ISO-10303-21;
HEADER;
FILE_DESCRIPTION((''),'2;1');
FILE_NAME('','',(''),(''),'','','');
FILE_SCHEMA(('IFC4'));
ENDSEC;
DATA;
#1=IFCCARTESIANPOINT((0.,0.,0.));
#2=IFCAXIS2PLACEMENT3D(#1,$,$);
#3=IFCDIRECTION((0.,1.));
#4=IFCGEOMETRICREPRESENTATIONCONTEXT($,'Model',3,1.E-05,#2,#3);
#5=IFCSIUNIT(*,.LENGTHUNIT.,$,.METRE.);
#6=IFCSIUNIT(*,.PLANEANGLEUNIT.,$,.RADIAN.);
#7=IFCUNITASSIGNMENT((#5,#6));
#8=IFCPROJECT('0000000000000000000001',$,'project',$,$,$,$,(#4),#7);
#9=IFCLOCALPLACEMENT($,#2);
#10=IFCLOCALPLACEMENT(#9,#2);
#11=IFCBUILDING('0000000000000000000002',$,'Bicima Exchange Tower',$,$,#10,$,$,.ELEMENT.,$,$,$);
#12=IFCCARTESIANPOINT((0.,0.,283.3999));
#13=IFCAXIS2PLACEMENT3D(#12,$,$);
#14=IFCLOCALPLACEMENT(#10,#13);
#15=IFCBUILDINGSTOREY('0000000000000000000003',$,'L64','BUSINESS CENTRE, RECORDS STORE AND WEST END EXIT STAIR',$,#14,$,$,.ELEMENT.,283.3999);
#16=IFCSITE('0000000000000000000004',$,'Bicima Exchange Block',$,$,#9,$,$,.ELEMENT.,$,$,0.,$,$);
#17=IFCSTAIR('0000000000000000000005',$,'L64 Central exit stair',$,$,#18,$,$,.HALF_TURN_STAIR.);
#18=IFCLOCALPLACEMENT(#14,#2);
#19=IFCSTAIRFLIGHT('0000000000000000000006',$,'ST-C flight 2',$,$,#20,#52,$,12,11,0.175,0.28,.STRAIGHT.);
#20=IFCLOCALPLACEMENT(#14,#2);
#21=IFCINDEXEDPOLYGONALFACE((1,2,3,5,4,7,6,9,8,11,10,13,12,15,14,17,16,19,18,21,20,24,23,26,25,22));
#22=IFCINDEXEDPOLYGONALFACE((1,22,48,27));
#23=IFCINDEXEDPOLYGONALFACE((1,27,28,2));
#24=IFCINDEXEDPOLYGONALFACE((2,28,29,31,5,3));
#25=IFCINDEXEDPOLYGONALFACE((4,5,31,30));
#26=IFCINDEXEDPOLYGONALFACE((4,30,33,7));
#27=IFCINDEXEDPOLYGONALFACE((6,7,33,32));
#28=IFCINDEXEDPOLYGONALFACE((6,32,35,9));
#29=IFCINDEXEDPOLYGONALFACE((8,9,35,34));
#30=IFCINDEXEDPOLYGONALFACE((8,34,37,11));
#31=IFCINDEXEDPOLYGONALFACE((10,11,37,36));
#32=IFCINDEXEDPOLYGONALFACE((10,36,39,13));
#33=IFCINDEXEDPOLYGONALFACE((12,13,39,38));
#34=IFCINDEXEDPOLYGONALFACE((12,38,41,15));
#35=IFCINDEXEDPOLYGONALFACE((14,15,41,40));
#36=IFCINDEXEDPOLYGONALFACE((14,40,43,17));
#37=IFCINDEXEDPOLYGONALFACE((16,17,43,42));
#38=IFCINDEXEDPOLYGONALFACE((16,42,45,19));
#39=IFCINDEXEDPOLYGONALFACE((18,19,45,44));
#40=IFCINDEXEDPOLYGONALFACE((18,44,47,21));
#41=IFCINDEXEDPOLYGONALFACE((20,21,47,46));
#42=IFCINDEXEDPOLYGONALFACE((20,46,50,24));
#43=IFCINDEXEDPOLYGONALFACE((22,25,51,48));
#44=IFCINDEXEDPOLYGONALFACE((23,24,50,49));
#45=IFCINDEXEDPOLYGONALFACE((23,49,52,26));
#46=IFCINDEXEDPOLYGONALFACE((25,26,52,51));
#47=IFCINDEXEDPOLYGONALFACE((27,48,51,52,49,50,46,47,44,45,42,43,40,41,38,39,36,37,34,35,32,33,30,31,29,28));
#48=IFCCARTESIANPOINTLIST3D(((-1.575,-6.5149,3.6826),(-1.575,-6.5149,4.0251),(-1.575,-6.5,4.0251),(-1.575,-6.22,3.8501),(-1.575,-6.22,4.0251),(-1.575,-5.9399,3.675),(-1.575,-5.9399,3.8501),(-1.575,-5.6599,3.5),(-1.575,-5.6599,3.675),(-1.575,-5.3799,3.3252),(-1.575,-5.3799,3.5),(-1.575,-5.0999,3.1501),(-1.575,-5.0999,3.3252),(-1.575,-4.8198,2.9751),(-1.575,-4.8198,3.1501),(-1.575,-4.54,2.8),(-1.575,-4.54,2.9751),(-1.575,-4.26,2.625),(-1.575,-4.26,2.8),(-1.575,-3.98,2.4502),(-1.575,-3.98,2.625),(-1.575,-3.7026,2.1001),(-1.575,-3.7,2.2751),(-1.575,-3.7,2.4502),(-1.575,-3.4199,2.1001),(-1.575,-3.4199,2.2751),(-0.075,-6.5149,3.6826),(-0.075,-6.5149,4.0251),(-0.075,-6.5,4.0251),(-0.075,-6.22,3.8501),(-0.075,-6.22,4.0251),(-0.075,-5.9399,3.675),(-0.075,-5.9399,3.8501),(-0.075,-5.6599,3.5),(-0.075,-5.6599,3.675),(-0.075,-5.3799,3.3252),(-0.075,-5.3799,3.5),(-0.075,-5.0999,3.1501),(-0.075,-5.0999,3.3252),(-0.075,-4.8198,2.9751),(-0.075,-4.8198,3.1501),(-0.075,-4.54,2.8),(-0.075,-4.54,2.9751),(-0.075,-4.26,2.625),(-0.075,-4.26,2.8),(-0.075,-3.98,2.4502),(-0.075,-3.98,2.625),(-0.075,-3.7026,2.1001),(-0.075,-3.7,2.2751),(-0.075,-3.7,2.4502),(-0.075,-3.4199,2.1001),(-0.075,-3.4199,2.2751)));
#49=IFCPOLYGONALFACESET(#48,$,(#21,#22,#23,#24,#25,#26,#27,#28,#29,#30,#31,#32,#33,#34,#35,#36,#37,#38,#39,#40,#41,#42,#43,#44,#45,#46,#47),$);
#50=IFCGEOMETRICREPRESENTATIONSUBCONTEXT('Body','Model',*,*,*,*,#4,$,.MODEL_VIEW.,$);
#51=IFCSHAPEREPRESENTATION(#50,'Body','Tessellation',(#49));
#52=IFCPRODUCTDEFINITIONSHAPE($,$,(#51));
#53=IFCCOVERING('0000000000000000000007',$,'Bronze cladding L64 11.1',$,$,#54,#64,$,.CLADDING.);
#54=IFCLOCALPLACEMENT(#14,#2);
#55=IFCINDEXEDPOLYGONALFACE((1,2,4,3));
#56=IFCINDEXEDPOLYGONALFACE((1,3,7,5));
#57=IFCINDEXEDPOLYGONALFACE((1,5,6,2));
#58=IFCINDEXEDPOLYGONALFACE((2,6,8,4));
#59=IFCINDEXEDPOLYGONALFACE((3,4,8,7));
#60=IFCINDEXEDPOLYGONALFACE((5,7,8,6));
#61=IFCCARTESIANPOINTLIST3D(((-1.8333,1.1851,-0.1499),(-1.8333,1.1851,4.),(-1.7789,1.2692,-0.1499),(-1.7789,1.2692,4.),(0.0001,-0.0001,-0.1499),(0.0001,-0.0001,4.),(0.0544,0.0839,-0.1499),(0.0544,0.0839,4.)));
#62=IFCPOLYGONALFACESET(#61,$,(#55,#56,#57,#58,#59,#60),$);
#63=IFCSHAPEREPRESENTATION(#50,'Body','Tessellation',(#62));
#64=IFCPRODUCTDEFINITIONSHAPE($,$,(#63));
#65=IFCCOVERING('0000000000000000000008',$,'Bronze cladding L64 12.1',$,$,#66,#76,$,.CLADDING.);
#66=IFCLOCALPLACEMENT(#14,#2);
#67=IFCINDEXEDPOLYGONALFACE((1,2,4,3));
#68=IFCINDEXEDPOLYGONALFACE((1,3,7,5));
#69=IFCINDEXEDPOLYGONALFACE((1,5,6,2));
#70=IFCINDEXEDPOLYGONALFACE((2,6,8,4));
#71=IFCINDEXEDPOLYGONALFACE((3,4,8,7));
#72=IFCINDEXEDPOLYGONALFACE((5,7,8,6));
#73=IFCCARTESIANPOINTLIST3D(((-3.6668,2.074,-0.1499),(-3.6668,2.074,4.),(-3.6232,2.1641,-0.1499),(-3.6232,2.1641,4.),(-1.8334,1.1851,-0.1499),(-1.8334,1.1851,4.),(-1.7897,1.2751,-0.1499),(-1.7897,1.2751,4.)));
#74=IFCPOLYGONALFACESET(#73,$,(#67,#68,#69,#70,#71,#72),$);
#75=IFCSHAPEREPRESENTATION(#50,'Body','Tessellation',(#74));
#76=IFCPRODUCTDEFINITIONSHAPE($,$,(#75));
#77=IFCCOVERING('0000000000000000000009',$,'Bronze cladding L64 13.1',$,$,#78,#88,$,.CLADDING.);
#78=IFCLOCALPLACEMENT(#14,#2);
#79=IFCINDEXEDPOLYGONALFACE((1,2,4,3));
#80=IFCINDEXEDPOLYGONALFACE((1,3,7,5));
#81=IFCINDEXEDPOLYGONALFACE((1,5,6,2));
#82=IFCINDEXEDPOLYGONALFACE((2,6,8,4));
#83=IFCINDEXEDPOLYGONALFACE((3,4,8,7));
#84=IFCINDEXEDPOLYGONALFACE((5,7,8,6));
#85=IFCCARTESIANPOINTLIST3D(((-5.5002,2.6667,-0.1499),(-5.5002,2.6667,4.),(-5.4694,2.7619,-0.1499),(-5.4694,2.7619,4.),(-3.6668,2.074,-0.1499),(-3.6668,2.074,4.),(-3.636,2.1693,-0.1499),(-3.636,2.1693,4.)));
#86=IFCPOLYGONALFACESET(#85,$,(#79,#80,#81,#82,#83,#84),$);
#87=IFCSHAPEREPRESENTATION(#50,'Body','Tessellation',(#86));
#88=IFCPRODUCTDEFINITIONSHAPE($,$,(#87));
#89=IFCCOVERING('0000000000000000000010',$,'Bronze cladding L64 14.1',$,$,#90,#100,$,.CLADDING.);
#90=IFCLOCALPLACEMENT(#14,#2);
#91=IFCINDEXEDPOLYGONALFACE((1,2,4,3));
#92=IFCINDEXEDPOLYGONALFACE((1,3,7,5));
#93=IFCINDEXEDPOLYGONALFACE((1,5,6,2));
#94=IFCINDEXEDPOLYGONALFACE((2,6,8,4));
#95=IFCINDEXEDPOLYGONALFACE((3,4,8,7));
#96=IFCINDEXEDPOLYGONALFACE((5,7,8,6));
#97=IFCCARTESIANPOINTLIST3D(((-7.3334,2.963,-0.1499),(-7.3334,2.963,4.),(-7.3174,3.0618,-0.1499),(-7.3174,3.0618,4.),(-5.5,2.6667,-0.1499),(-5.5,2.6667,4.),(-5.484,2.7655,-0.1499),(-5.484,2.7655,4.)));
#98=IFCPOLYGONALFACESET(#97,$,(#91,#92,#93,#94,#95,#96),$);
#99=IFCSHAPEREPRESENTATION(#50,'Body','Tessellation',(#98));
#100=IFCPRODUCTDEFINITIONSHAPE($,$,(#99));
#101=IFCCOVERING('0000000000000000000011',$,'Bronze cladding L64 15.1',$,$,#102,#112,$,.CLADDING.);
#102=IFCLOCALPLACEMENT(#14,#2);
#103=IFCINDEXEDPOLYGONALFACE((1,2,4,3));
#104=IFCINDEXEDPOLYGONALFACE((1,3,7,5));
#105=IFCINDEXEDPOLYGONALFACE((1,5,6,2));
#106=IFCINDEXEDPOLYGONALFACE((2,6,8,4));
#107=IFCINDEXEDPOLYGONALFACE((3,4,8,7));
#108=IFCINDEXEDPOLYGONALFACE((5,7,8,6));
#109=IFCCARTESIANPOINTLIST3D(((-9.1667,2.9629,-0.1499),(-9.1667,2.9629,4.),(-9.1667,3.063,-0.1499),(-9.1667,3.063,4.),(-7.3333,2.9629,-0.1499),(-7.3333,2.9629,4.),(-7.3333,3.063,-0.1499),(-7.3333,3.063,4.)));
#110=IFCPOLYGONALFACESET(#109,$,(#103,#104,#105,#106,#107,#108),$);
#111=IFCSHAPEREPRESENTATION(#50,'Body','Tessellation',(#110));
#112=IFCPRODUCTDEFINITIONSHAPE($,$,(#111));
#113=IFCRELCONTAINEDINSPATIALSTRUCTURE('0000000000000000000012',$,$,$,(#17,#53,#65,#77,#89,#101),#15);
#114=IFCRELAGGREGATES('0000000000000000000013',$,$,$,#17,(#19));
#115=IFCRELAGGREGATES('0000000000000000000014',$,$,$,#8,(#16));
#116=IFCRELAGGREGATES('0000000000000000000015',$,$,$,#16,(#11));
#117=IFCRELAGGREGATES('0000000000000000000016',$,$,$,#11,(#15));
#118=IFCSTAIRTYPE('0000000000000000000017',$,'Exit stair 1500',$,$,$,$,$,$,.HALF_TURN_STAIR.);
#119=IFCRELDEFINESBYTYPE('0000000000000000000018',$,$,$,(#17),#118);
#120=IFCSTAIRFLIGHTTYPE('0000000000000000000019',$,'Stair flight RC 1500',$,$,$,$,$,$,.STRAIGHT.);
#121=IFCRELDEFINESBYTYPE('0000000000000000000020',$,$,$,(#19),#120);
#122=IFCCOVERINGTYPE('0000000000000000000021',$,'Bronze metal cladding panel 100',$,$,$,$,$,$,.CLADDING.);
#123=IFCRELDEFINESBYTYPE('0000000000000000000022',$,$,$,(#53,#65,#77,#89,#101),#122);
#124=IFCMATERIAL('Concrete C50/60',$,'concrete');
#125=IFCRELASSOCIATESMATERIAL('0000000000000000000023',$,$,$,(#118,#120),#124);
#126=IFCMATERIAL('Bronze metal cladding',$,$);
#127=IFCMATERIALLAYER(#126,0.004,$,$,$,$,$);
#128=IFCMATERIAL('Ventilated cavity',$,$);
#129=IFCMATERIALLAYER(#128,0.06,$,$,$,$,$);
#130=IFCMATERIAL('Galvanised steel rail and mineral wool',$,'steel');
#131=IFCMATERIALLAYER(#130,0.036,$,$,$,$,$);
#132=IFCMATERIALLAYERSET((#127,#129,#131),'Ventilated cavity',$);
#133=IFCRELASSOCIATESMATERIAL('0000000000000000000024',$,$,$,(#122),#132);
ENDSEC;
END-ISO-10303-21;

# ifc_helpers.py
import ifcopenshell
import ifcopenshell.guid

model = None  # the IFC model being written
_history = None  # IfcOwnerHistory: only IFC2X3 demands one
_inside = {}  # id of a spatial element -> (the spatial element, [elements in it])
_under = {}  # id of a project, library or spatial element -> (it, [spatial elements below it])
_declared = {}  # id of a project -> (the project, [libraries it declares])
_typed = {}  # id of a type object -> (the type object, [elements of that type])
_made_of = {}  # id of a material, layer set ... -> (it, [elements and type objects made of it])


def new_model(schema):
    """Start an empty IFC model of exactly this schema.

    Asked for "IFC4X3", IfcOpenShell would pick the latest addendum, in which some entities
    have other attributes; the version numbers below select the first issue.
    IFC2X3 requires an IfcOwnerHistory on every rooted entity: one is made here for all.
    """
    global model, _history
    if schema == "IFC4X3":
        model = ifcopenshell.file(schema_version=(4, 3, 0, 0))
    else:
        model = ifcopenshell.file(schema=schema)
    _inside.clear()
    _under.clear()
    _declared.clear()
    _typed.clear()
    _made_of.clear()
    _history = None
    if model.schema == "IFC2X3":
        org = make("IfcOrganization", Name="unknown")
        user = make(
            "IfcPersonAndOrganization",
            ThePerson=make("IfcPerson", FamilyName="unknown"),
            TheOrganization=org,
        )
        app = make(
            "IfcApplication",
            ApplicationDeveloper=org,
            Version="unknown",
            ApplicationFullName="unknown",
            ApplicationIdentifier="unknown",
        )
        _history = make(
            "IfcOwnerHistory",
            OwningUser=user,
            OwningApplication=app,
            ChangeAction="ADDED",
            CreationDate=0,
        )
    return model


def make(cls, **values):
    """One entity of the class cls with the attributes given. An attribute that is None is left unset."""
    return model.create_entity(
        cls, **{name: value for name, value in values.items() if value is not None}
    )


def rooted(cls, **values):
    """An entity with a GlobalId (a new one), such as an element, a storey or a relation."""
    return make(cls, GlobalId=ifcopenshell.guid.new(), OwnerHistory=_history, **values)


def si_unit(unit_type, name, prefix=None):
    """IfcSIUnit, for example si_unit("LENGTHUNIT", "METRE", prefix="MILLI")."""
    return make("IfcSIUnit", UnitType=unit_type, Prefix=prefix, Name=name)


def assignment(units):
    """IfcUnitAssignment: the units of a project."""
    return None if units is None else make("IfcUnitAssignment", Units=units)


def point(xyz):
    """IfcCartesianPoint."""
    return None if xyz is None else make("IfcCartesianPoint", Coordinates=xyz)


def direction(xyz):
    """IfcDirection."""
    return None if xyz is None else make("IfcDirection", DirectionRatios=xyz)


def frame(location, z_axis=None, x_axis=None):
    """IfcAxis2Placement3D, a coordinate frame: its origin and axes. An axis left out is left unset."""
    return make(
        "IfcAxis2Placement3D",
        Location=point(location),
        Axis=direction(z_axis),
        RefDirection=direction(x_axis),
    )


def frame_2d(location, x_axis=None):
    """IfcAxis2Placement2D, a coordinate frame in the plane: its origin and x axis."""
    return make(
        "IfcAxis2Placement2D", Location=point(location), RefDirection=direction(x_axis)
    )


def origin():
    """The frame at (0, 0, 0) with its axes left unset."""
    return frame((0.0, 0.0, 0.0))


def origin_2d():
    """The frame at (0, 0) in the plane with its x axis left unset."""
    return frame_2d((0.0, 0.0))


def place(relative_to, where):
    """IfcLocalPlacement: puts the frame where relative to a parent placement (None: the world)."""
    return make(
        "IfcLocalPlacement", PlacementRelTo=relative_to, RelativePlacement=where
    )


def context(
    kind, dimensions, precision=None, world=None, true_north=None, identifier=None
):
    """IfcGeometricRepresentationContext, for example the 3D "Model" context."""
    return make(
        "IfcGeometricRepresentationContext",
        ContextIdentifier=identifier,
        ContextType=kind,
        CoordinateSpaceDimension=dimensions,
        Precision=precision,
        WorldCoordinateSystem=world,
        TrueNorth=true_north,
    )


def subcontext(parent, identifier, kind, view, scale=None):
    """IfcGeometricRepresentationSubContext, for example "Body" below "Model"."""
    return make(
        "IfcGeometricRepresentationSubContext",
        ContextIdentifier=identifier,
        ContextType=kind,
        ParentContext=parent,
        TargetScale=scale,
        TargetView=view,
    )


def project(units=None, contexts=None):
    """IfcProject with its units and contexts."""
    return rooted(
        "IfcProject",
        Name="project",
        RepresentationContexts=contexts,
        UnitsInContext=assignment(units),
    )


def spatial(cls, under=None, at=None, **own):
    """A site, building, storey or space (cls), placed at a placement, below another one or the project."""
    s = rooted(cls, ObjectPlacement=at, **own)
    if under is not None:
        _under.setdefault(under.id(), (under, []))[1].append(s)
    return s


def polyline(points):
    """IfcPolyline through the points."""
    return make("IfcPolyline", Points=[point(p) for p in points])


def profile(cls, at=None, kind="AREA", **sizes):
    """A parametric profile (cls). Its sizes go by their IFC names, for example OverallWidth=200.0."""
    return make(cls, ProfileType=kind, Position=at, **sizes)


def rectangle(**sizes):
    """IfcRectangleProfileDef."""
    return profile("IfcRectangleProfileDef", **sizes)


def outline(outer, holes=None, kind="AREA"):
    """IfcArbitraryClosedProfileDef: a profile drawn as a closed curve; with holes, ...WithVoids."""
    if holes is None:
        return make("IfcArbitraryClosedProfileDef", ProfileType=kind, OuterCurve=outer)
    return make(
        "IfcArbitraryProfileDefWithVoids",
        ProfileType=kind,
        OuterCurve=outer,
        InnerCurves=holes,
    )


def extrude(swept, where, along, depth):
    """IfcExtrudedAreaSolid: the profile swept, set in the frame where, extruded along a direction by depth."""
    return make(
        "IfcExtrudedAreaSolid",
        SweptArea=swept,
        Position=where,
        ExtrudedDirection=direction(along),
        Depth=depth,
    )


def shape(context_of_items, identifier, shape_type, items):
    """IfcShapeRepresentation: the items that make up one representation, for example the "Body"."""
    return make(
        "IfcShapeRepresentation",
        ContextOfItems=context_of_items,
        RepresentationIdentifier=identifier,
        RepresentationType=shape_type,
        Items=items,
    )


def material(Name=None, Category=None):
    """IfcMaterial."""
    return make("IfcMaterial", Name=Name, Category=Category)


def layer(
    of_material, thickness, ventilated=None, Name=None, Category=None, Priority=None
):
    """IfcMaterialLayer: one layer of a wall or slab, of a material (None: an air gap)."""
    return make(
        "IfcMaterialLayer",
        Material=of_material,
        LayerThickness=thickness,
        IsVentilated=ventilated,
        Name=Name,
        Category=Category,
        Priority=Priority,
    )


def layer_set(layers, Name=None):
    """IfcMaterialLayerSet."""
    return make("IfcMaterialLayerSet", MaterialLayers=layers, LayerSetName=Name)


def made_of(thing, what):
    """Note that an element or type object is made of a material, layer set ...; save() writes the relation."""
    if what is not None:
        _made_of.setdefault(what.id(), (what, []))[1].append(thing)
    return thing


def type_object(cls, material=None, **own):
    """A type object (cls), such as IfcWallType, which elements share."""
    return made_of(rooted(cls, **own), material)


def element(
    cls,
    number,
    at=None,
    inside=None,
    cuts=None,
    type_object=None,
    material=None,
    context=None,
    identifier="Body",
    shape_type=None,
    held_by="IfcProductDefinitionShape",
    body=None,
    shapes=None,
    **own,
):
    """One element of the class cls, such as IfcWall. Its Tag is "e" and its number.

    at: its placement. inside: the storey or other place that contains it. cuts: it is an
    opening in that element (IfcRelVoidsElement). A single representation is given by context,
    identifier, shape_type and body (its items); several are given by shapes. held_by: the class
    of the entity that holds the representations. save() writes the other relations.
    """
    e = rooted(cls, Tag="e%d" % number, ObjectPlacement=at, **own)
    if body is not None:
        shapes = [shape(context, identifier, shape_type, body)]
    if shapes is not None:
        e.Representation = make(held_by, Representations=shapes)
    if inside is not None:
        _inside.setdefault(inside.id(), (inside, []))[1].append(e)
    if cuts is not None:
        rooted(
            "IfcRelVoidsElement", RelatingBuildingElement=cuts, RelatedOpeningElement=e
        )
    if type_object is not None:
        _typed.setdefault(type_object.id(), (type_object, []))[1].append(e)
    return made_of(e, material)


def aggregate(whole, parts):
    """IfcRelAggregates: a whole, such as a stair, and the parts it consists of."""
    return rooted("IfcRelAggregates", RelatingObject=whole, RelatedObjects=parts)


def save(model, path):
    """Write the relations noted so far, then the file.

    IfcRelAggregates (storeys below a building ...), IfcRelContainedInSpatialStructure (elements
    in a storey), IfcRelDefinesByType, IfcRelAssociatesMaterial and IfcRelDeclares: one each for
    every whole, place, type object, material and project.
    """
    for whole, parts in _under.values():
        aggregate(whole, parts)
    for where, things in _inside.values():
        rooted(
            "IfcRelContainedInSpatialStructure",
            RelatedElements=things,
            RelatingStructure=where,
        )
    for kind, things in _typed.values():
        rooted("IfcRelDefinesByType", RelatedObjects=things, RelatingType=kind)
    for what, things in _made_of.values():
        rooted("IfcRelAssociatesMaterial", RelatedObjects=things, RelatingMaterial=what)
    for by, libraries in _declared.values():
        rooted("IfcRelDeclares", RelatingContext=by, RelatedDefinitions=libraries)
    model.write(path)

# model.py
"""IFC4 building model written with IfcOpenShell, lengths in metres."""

from ifc_helpers import new_model, si_unit, direction, frame, origin, origin_2d, place, context, subcontext, project, spatial, polyline, rectangle, outline, extrude, material, layer, layer_set, type_object, element, aggregate, save


model = new_model("IFC4")

# Units and contexts
model_context = context("Model", 3, precision=1e-05, world=origin(), true_north=direction((0.0, 1.0)))
body_context = subcontext(model_context, "Body", "Model", "MODEL_VIEW")
ifc_project = project(units=[si_unit("LENGTHUNIT", "METRE"), si_unit("PLANEANGLEUNIT", "RADIAN")], contexts=[model_context])

# Site, building, storey
site_placement = place(None, origin())
site = spatial("IfcSite", under=ifc_project, at=site_placement, Name="Bicima Exchange Block", CompositionType="ELEMENT", RefElevation=0.0)
building_placement = place(site_placement, origin())
building = spatial("IfcBuilding", under=site, at=building_placement, Name="Bicima Exchange Tower", CompositionType="ELEMENT")
storey_placement = place(building_placement, frame((0.0, 0.0, 283.3999)))
storey = spatial("IfcBuildingStorey", under=building, at=storey_placement, Name="L64", Description="BUSINESS CENTRE, RECORDS STORE AND WEST END EXIT STAIR", CompositionType="ELEMENT", Elevation=283.3999)

# Shared definitions
ifc_material_1 = material(Name="Concrete C50/60", Category="concrete")

# Stair, stair flight
stair_type_1 = type_object("IfcStairType", Name="Exit stair 1500", PredefinedType="HALF_TURN_STAIR", material=ifc_material_1)
stair_1_placement = place(storey_placement, origin())
stair_1 = element("IfcStair", 1, at=stair_1_placement, inside=storey, type_object=stair_type_1, Name="L64 Central exit stair", PredefinedType="HALF_TURN_STAIR")
stair_flight_type = type_object("IfcStairFlightType", Name="Stair flight RC 1500", PredefinedType="STRAIGHT", material=ifc_material_1)
stair_flight_placement = place(storey_placement, frame((-0.825, -3.4199, 2.1001), z_axis=(0.0, 0.0, 1.0), x_axis=(0.0, -1.0, 0.0)))
stair_flight = element("IfcStairFlight", 2, at=stair_flight_placement, type_object=stair_flight_type, Name="ST-C flight 2", NumberOfRisers=12, NumberOfTreads=11, PredefinedType="STRAIGHT", RiserHeight=0.175, TreadLength=0.28, context=body_context, shape_type="SweptSolid", body=[
    extrude(outline(polyline([(0.0, 0.0), (0.0, 0.175), (0.28, 0.175), (0.28, 0.3501), (0.5601, 0.3501), (0.5601, 0.5249), (0.8401, 0.5249), (0.8401, 0.7), (1.1201, 0.7), (1.1201, 0.875), (1.3999, 0.875), (1.3999, 1.05), (1.6799, 1.05), (1.6799, 1.2251), (1.96, 1.2251), (1.96, 1.3999), (2.24, 1.3999), (2.24, 1.575), (2.52, 1.575), (2.52, 1.75), (2.8, 1.75), (2.8, 1.925), (3.0801, 1.925), (3.095, 1.925), (3.095, 1.5825), (0.2827, 0.0), (0.0, 0.0)])), frame((0.0, 0.75, 0.0), z_axis=(0.0, -1.0, 0.0), x_axis=(1.0, 0.0, 0.0)), (0.0, 0.0, 1.0), 1.5),
])
aggregate(stair_1, [stair_flight])

# Coverings
ifc_material_2 = material(Name="Bronze metal cladding")
ifc_layer_1 = layer(ifc_material_2, 0.004)
ifc_material_3 = material(Name="Ventilated cavity")
ifc_layer_2 = layer(ifc_material_3, 0.06)
ifc_material_4 = material(Name="Galvanised steel rail and mineral wool", Category="steel")
ifc_layer_3 = layer(ifc_material_4, 0.036)
ifc_layer_set_1 = layer_set([ifc_layer_1, ifc_layer_2, ifc_layer_3], Name="Ventilated cavity")
covering_type = type_object("IfcCoveringType", Name="Bronze metal cladding panel 100", PredefinedType="CLADDING", material=ifc_layer_set_1)
covering_1_placement = place(storey_placement, frame((-0.8894, 0.6345, -0.1499), z_axis=(0.0, 0.0, 1.0), x_axis=(-0.83979, 0.542911, 0.0)))
element("IfcCovering", 3, at=covering_1_placement, inside=storey, type_object=covering_type, Name="Bronze cladding L64 11.1", PredefinedType="CLADDING", context=body_context, shape_type="SweptSolid", body=[
    extrude(rectangle(XDim=2.1831, YDim=0.1001, at=origin_2d()), origin(), (0.0, 0.0, 1.0), 4.1499),
])
covering_2_placement = place(storey_placement, frame((-2.7283, 1.6746, -0.1499), z_axis=(0.0, 0.0, 1.0), x_axis=(-0.899818, 0.436265, 0.0)))
element("IfcCovering", 4, at=covering_2_placement, inside=storey, type_object=covering_type, Name="Bronze cladding L64 12.1", PredefinedType="CLADDING", context=body_context, shape_type="SweptSolid", body=[
    extrude(rectangle(XDim=2.0376, YDim=0.1001, at=origin_2d()), origin(), (0.0, 0.0, 1.0), 4.1499),
])
covering_3_placement = place(storey_placement, frame((-4.5681, 2.418, -0.1499), z_axis=(0.0, 0.0, 1.0), x_axis=(-0.951525, 0.307573, 0.0)))
element("IfcCovering", 5, at=covering_3_placement, inside=storey, type_object=covering_type, Name="Bronze cladding L64 13.1", PredefinedType="CLADDING", context=body_context, shape_type="SweptSolid", body=[
    extrude(rectangle(XDim=1.9268, YDim=0.1001, at=origin_2d()), origin(), (0.0, 0.0, 1.0), 4.1499),
])
covering_4_placement = place(storey_placement, frame((-6.4087, 2.8643, -0.1499), z_axis=(0.0, 0.0, 1.0), x_axis=(-0.98719, 0.15955, 0.0)))
element("IfcCovering", 6, at=covering_4_placement, inside=storey, type_object=covering_type, Name="Bronze cladding L64 14.1", PredefinedType="CLADDING", context=body_context, shape_type="SweptSolid", body=[
    extrude(rectangle(XDim=1.8572, YDim=0.1001, at=origin_2d()), origin(), (0.0, 0.0, 1.0), 4.1499),
])
covering_5_placement = place(storey_placement, frame((-8.25, 3.0129, -0.1499), z_axis=(0.0, 0.0, 1.0), x_axis=(-1.0, 0.0, 0.0)))
element("IfcCovering", 7, at=covering_5_placement, inside=storey, type_object=covering_type, Name="Bronze cladding L64 15.1", PredefinedType="CLADDING", context=body_context, shape_type="SweptSolid", body=[
    extrude(rectangle(XDim=1.8335, YDim=0.1001, at=origin_2d()), origin(), (0.0, 0.0, 1.0), 4.1499),
])

save(model, "model.ifc")
